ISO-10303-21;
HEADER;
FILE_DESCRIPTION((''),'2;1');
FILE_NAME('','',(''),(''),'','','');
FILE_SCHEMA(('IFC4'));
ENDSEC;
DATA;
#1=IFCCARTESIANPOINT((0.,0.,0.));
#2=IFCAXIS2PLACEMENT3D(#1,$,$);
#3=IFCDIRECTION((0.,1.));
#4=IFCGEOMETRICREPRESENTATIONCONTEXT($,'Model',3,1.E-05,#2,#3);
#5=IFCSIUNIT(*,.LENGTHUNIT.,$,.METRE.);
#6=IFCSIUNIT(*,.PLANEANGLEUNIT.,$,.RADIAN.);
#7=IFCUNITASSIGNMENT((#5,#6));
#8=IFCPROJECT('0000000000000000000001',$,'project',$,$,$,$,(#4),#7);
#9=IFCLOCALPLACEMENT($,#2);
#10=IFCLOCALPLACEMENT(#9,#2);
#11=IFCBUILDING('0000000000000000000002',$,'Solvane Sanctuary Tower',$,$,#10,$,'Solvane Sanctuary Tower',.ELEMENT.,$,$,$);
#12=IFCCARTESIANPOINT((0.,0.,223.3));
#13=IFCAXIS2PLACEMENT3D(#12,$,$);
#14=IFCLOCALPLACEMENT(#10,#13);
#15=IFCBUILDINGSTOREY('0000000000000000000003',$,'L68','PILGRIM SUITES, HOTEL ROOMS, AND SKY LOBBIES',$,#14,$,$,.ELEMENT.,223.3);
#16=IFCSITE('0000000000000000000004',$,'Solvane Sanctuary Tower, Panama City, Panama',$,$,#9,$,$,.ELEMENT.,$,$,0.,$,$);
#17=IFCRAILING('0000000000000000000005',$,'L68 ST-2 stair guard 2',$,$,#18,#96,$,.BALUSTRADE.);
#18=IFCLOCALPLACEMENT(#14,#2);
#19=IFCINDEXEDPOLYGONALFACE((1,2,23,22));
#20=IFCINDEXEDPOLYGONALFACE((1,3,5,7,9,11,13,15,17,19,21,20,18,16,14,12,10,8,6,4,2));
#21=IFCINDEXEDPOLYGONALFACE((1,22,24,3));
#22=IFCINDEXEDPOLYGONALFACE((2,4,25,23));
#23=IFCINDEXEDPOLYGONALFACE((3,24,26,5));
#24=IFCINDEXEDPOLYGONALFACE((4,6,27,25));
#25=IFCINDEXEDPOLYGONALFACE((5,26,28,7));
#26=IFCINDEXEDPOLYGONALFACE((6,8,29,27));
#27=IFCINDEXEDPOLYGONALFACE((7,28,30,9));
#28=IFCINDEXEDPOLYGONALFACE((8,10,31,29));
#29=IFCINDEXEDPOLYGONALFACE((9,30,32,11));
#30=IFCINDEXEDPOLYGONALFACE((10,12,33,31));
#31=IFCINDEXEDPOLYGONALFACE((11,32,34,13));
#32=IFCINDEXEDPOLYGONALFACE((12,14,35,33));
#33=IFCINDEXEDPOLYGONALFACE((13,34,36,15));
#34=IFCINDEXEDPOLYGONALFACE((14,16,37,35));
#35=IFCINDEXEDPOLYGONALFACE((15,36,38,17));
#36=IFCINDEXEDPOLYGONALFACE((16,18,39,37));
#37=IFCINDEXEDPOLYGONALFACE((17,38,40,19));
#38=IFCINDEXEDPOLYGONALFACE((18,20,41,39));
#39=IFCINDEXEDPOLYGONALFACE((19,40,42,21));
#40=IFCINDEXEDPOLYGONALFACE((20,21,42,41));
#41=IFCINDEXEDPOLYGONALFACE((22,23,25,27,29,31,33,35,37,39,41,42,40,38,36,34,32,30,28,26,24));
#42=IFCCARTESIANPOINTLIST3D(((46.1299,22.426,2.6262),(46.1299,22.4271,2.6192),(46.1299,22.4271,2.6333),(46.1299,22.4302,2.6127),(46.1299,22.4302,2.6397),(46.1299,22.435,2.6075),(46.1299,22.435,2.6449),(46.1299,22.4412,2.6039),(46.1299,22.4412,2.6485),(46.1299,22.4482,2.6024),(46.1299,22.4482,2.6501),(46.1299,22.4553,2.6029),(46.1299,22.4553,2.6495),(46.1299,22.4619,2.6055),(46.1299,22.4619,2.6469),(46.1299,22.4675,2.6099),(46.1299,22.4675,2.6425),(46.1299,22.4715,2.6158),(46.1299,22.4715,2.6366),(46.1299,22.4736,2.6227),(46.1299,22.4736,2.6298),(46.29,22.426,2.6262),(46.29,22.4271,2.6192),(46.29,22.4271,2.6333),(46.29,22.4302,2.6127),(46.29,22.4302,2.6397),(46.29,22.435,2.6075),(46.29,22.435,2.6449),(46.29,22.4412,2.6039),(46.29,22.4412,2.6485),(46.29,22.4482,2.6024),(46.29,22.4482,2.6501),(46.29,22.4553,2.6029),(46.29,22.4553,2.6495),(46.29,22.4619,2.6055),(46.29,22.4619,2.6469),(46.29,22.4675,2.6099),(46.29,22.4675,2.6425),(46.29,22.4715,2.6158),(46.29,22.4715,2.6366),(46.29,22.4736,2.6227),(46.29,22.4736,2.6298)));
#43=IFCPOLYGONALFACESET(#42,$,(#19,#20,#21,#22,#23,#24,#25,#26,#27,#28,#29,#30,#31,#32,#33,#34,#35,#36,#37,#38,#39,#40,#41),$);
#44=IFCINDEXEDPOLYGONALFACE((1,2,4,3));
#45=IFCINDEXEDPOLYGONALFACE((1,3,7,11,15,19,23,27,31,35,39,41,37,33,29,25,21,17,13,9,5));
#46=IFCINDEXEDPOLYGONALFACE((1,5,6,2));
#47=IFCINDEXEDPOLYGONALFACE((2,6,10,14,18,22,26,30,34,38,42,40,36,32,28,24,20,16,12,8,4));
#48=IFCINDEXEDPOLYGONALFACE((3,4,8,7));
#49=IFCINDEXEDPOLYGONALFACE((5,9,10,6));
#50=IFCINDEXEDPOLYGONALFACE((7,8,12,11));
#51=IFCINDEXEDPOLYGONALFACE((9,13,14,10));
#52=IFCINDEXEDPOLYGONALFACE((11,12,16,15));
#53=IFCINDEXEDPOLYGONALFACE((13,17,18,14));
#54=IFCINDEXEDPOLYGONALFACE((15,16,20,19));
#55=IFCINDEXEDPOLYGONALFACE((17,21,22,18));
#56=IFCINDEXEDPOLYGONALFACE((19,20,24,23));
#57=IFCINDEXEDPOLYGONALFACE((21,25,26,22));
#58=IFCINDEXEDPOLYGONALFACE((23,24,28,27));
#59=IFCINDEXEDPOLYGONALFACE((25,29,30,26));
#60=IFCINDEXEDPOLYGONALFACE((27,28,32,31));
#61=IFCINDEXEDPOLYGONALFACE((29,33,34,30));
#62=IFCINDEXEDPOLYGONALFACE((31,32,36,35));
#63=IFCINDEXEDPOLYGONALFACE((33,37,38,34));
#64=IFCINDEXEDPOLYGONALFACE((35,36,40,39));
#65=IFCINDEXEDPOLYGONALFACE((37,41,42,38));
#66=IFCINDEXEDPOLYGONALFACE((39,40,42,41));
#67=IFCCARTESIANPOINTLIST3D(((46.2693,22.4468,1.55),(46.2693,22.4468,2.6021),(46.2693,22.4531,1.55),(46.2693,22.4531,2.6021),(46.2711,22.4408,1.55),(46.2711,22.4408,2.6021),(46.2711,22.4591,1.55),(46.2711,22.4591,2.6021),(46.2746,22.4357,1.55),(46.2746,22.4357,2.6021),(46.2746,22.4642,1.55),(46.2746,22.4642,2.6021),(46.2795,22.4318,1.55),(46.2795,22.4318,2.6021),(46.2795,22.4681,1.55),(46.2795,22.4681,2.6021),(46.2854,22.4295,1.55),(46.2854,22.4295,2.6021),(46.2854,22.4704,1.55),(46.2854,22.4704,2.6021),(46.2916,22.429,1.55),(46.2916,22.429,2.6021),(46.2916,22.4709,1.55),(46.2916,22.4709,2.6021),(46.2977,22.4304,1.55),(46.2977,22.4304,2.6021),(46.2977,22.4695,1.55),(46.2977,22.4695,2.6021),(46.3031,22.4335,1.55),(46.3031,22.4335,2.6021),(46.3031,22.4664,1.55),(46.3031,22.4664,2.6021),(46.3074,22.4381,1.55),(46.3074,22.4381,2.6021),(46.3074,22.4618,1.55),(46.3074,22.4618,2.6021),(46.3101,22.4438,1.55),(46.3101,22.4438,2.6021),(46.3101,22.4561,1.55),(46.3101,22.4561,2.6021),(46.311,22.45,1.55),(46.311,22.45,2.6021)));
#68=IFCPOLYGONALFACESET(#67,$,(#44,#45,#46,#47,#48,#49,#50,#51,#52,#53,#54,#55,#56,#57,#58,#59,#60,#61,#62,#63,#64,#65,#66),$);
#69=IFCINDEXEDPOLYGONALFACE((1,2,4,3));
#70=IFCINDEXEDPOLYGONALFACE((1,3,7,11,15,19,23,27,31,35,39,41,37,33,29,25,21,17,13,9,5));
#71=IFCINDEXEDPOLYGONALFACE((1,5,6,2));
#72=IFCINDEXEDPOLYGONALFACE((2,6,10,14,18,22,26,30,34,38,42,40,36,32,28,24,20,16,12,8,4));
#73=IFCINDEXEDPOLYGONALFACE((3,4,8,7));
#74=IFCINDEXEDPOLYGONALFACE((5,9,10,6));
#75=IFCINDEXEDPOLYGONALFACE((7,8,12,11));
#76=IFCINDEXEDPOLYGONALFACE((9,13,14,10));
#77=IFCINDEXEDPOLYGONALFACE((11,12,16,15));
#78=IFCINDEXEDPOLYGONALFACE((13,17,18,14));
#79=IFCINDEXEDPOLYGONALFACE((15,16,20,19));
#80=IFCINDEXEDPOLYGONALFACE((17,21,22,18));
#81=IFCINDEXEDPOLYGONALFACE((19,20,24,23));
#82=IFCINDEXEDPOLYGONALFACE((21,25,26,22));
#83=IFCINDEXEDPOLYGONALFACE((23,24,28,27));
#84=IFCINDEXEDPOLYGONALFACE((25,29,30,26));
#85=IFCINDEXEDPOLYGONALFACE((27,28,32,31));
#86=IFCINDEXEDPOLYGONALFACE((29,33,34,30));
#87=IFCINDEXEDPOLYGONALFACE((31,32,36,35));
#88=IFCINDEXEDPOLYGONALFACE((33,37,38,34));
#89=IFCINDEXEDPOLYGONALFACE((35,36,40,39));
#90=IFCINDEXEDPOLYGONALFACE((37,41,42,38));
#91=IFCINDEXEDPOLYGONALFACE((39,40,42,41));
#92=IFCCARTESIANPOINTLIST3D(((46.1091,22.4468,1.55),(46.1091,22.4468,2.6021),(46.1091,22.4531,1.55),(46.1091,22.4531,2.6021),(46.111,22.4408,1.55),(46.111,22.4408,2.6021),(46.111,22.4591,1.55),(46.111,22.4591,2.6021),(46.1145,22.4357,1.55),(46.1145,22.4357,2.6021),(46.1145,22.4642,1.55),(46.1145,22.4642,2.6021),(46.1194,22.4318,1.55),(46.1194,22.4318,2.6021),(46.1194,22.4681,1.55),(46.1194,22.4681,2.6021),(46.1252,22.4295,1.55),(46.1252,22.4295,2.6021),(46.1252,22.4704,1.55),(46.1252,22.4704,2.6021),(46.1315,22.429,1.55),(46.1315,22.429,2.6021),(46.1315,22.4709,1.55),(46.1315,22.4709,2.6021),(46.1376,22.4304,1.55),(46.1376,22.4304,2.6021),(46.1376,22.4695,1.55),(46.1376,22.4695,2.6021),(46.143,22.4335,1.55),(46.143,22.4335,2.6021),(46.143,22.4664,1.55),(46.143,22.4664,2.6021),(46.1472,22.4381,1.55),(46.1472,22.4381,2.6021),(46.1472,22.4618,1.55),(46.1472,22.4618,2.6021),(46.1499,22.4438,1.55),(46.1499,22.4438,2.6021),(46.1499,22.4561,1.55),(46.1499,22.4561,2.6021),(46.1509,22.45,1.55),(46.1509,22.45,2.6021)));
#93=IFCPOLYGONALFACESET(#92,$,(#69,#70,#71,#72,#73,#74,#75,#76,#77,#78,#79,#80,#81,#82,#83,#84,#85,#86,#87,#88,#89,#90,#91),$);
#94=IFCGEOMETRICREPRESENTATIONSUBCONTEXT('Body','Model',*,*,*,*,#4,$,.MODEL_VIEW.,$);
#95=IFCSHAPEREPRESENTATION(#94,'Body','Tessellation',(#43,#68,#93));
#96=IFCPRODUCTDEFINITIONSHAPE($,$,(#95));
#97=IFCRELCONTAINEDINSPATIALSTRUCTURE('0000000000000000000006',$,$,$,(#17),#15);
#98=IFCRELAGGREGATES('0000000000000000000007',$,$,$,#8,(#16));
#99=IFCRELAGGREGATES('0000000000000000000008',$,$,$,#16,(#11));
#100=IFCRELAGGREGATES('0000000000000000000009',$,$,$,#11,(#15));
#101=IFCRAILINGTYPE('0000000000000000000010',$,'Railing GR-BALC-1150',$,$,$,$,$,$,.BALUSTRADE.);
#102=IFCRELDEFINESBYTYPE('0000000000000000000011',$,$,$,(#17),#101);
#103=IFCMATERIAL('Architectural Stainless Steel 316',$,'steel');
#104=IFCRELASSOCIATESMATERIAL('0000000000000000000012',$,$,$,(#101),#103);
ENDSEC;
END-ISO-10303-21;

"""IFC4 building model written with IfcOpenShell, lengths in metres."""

from ifc_helpers import new_model, si_unit, direction, frame, origin, origin_2d, place, context, subcontext, project, spatial, circle, extrude, material, type_object, element, save


model = new_model("IFC4")

# Units and contexts
model_context = context("Model", 3, precision=1e-05, world=origin(), true_north=direction((0.0, 1.0)))
body_context = subcontext(model_context, "Body", "Model", "MODEL_VIEW")
ifc_project = project(units=[si_unit("LENGTHUNIT", "METRE"), si_unit("PLANEANGLEUNIT", "RADIAN")], contexts=[model_context])

# Site, building, storey
site_placement = place(None, origin())
site = spatial("IfcSite", under=ifc_project, at=site_placement, Name="Solvane Sanctuary Tower, Panama City, Panama", CompositionType="ELEMENT", RefElevation=0.0)
building_placement = place(site_placement, origin())
building = spatial("IfcBuilding", under=site, at=building_placement, Name="Solvane Sanctuary Tower", LongName="Solvane Sanctuary Tower", CompositionType="ELEMENT")
storey_placement = place(building_placement, frame((0.0, 0.0, 223.3)))
storey = spatial("IfcBuildingStorey", under=building, at=storey_placement, Name="L68", Description="PILGRIM SUITES, HOTEL ROOMS, AND SKY LOBBIES", CompositionType="ELEMENT", Elevation=223.3)

# Shared definitions
ifc_material_1 = material(Name="Architectural Stainless Steel 316", Category="steel")

# Railing
railing_type_1 = type_object("IfcRailingType", Name="Railing GR-BALC-1150", PredefinedType="BALUSTRADE", material=ifc_material_1)
railing_1_placement = place(storey_placement, frame((46.29, 22.45, 1.55)))
element("IfcRailing", 1, at=railing_1_placement, inside=storey, type_object=railing_type_1, Name="L68 ST-2 stair guard 2", PredefinedType="BALUSTRADE", context=body_context, shape_type="SweptSolid", body=[
    extrude(circle(Radius=0.0239, at=origin_2d()), frame((0.0, 0.0, 1.0762), z_axis=(-1.0, 0.0, 0.0), x_axis=(0.0, -1.0, 0.0)), (0.0, 0.0, 1.0), 0.1602),
    extrude(circle(Radius=0.021, at=origin_2d()), origin(), (0.0, 0.0, 1.0), 1.052),
    extrude(circle(Radius=0.021, at=origin_2d()), frame((-0.1602, 0.0, 0.0)), (0.0, 0.0, 1.0), 1.052),
])

save(model, "model.ifc")
